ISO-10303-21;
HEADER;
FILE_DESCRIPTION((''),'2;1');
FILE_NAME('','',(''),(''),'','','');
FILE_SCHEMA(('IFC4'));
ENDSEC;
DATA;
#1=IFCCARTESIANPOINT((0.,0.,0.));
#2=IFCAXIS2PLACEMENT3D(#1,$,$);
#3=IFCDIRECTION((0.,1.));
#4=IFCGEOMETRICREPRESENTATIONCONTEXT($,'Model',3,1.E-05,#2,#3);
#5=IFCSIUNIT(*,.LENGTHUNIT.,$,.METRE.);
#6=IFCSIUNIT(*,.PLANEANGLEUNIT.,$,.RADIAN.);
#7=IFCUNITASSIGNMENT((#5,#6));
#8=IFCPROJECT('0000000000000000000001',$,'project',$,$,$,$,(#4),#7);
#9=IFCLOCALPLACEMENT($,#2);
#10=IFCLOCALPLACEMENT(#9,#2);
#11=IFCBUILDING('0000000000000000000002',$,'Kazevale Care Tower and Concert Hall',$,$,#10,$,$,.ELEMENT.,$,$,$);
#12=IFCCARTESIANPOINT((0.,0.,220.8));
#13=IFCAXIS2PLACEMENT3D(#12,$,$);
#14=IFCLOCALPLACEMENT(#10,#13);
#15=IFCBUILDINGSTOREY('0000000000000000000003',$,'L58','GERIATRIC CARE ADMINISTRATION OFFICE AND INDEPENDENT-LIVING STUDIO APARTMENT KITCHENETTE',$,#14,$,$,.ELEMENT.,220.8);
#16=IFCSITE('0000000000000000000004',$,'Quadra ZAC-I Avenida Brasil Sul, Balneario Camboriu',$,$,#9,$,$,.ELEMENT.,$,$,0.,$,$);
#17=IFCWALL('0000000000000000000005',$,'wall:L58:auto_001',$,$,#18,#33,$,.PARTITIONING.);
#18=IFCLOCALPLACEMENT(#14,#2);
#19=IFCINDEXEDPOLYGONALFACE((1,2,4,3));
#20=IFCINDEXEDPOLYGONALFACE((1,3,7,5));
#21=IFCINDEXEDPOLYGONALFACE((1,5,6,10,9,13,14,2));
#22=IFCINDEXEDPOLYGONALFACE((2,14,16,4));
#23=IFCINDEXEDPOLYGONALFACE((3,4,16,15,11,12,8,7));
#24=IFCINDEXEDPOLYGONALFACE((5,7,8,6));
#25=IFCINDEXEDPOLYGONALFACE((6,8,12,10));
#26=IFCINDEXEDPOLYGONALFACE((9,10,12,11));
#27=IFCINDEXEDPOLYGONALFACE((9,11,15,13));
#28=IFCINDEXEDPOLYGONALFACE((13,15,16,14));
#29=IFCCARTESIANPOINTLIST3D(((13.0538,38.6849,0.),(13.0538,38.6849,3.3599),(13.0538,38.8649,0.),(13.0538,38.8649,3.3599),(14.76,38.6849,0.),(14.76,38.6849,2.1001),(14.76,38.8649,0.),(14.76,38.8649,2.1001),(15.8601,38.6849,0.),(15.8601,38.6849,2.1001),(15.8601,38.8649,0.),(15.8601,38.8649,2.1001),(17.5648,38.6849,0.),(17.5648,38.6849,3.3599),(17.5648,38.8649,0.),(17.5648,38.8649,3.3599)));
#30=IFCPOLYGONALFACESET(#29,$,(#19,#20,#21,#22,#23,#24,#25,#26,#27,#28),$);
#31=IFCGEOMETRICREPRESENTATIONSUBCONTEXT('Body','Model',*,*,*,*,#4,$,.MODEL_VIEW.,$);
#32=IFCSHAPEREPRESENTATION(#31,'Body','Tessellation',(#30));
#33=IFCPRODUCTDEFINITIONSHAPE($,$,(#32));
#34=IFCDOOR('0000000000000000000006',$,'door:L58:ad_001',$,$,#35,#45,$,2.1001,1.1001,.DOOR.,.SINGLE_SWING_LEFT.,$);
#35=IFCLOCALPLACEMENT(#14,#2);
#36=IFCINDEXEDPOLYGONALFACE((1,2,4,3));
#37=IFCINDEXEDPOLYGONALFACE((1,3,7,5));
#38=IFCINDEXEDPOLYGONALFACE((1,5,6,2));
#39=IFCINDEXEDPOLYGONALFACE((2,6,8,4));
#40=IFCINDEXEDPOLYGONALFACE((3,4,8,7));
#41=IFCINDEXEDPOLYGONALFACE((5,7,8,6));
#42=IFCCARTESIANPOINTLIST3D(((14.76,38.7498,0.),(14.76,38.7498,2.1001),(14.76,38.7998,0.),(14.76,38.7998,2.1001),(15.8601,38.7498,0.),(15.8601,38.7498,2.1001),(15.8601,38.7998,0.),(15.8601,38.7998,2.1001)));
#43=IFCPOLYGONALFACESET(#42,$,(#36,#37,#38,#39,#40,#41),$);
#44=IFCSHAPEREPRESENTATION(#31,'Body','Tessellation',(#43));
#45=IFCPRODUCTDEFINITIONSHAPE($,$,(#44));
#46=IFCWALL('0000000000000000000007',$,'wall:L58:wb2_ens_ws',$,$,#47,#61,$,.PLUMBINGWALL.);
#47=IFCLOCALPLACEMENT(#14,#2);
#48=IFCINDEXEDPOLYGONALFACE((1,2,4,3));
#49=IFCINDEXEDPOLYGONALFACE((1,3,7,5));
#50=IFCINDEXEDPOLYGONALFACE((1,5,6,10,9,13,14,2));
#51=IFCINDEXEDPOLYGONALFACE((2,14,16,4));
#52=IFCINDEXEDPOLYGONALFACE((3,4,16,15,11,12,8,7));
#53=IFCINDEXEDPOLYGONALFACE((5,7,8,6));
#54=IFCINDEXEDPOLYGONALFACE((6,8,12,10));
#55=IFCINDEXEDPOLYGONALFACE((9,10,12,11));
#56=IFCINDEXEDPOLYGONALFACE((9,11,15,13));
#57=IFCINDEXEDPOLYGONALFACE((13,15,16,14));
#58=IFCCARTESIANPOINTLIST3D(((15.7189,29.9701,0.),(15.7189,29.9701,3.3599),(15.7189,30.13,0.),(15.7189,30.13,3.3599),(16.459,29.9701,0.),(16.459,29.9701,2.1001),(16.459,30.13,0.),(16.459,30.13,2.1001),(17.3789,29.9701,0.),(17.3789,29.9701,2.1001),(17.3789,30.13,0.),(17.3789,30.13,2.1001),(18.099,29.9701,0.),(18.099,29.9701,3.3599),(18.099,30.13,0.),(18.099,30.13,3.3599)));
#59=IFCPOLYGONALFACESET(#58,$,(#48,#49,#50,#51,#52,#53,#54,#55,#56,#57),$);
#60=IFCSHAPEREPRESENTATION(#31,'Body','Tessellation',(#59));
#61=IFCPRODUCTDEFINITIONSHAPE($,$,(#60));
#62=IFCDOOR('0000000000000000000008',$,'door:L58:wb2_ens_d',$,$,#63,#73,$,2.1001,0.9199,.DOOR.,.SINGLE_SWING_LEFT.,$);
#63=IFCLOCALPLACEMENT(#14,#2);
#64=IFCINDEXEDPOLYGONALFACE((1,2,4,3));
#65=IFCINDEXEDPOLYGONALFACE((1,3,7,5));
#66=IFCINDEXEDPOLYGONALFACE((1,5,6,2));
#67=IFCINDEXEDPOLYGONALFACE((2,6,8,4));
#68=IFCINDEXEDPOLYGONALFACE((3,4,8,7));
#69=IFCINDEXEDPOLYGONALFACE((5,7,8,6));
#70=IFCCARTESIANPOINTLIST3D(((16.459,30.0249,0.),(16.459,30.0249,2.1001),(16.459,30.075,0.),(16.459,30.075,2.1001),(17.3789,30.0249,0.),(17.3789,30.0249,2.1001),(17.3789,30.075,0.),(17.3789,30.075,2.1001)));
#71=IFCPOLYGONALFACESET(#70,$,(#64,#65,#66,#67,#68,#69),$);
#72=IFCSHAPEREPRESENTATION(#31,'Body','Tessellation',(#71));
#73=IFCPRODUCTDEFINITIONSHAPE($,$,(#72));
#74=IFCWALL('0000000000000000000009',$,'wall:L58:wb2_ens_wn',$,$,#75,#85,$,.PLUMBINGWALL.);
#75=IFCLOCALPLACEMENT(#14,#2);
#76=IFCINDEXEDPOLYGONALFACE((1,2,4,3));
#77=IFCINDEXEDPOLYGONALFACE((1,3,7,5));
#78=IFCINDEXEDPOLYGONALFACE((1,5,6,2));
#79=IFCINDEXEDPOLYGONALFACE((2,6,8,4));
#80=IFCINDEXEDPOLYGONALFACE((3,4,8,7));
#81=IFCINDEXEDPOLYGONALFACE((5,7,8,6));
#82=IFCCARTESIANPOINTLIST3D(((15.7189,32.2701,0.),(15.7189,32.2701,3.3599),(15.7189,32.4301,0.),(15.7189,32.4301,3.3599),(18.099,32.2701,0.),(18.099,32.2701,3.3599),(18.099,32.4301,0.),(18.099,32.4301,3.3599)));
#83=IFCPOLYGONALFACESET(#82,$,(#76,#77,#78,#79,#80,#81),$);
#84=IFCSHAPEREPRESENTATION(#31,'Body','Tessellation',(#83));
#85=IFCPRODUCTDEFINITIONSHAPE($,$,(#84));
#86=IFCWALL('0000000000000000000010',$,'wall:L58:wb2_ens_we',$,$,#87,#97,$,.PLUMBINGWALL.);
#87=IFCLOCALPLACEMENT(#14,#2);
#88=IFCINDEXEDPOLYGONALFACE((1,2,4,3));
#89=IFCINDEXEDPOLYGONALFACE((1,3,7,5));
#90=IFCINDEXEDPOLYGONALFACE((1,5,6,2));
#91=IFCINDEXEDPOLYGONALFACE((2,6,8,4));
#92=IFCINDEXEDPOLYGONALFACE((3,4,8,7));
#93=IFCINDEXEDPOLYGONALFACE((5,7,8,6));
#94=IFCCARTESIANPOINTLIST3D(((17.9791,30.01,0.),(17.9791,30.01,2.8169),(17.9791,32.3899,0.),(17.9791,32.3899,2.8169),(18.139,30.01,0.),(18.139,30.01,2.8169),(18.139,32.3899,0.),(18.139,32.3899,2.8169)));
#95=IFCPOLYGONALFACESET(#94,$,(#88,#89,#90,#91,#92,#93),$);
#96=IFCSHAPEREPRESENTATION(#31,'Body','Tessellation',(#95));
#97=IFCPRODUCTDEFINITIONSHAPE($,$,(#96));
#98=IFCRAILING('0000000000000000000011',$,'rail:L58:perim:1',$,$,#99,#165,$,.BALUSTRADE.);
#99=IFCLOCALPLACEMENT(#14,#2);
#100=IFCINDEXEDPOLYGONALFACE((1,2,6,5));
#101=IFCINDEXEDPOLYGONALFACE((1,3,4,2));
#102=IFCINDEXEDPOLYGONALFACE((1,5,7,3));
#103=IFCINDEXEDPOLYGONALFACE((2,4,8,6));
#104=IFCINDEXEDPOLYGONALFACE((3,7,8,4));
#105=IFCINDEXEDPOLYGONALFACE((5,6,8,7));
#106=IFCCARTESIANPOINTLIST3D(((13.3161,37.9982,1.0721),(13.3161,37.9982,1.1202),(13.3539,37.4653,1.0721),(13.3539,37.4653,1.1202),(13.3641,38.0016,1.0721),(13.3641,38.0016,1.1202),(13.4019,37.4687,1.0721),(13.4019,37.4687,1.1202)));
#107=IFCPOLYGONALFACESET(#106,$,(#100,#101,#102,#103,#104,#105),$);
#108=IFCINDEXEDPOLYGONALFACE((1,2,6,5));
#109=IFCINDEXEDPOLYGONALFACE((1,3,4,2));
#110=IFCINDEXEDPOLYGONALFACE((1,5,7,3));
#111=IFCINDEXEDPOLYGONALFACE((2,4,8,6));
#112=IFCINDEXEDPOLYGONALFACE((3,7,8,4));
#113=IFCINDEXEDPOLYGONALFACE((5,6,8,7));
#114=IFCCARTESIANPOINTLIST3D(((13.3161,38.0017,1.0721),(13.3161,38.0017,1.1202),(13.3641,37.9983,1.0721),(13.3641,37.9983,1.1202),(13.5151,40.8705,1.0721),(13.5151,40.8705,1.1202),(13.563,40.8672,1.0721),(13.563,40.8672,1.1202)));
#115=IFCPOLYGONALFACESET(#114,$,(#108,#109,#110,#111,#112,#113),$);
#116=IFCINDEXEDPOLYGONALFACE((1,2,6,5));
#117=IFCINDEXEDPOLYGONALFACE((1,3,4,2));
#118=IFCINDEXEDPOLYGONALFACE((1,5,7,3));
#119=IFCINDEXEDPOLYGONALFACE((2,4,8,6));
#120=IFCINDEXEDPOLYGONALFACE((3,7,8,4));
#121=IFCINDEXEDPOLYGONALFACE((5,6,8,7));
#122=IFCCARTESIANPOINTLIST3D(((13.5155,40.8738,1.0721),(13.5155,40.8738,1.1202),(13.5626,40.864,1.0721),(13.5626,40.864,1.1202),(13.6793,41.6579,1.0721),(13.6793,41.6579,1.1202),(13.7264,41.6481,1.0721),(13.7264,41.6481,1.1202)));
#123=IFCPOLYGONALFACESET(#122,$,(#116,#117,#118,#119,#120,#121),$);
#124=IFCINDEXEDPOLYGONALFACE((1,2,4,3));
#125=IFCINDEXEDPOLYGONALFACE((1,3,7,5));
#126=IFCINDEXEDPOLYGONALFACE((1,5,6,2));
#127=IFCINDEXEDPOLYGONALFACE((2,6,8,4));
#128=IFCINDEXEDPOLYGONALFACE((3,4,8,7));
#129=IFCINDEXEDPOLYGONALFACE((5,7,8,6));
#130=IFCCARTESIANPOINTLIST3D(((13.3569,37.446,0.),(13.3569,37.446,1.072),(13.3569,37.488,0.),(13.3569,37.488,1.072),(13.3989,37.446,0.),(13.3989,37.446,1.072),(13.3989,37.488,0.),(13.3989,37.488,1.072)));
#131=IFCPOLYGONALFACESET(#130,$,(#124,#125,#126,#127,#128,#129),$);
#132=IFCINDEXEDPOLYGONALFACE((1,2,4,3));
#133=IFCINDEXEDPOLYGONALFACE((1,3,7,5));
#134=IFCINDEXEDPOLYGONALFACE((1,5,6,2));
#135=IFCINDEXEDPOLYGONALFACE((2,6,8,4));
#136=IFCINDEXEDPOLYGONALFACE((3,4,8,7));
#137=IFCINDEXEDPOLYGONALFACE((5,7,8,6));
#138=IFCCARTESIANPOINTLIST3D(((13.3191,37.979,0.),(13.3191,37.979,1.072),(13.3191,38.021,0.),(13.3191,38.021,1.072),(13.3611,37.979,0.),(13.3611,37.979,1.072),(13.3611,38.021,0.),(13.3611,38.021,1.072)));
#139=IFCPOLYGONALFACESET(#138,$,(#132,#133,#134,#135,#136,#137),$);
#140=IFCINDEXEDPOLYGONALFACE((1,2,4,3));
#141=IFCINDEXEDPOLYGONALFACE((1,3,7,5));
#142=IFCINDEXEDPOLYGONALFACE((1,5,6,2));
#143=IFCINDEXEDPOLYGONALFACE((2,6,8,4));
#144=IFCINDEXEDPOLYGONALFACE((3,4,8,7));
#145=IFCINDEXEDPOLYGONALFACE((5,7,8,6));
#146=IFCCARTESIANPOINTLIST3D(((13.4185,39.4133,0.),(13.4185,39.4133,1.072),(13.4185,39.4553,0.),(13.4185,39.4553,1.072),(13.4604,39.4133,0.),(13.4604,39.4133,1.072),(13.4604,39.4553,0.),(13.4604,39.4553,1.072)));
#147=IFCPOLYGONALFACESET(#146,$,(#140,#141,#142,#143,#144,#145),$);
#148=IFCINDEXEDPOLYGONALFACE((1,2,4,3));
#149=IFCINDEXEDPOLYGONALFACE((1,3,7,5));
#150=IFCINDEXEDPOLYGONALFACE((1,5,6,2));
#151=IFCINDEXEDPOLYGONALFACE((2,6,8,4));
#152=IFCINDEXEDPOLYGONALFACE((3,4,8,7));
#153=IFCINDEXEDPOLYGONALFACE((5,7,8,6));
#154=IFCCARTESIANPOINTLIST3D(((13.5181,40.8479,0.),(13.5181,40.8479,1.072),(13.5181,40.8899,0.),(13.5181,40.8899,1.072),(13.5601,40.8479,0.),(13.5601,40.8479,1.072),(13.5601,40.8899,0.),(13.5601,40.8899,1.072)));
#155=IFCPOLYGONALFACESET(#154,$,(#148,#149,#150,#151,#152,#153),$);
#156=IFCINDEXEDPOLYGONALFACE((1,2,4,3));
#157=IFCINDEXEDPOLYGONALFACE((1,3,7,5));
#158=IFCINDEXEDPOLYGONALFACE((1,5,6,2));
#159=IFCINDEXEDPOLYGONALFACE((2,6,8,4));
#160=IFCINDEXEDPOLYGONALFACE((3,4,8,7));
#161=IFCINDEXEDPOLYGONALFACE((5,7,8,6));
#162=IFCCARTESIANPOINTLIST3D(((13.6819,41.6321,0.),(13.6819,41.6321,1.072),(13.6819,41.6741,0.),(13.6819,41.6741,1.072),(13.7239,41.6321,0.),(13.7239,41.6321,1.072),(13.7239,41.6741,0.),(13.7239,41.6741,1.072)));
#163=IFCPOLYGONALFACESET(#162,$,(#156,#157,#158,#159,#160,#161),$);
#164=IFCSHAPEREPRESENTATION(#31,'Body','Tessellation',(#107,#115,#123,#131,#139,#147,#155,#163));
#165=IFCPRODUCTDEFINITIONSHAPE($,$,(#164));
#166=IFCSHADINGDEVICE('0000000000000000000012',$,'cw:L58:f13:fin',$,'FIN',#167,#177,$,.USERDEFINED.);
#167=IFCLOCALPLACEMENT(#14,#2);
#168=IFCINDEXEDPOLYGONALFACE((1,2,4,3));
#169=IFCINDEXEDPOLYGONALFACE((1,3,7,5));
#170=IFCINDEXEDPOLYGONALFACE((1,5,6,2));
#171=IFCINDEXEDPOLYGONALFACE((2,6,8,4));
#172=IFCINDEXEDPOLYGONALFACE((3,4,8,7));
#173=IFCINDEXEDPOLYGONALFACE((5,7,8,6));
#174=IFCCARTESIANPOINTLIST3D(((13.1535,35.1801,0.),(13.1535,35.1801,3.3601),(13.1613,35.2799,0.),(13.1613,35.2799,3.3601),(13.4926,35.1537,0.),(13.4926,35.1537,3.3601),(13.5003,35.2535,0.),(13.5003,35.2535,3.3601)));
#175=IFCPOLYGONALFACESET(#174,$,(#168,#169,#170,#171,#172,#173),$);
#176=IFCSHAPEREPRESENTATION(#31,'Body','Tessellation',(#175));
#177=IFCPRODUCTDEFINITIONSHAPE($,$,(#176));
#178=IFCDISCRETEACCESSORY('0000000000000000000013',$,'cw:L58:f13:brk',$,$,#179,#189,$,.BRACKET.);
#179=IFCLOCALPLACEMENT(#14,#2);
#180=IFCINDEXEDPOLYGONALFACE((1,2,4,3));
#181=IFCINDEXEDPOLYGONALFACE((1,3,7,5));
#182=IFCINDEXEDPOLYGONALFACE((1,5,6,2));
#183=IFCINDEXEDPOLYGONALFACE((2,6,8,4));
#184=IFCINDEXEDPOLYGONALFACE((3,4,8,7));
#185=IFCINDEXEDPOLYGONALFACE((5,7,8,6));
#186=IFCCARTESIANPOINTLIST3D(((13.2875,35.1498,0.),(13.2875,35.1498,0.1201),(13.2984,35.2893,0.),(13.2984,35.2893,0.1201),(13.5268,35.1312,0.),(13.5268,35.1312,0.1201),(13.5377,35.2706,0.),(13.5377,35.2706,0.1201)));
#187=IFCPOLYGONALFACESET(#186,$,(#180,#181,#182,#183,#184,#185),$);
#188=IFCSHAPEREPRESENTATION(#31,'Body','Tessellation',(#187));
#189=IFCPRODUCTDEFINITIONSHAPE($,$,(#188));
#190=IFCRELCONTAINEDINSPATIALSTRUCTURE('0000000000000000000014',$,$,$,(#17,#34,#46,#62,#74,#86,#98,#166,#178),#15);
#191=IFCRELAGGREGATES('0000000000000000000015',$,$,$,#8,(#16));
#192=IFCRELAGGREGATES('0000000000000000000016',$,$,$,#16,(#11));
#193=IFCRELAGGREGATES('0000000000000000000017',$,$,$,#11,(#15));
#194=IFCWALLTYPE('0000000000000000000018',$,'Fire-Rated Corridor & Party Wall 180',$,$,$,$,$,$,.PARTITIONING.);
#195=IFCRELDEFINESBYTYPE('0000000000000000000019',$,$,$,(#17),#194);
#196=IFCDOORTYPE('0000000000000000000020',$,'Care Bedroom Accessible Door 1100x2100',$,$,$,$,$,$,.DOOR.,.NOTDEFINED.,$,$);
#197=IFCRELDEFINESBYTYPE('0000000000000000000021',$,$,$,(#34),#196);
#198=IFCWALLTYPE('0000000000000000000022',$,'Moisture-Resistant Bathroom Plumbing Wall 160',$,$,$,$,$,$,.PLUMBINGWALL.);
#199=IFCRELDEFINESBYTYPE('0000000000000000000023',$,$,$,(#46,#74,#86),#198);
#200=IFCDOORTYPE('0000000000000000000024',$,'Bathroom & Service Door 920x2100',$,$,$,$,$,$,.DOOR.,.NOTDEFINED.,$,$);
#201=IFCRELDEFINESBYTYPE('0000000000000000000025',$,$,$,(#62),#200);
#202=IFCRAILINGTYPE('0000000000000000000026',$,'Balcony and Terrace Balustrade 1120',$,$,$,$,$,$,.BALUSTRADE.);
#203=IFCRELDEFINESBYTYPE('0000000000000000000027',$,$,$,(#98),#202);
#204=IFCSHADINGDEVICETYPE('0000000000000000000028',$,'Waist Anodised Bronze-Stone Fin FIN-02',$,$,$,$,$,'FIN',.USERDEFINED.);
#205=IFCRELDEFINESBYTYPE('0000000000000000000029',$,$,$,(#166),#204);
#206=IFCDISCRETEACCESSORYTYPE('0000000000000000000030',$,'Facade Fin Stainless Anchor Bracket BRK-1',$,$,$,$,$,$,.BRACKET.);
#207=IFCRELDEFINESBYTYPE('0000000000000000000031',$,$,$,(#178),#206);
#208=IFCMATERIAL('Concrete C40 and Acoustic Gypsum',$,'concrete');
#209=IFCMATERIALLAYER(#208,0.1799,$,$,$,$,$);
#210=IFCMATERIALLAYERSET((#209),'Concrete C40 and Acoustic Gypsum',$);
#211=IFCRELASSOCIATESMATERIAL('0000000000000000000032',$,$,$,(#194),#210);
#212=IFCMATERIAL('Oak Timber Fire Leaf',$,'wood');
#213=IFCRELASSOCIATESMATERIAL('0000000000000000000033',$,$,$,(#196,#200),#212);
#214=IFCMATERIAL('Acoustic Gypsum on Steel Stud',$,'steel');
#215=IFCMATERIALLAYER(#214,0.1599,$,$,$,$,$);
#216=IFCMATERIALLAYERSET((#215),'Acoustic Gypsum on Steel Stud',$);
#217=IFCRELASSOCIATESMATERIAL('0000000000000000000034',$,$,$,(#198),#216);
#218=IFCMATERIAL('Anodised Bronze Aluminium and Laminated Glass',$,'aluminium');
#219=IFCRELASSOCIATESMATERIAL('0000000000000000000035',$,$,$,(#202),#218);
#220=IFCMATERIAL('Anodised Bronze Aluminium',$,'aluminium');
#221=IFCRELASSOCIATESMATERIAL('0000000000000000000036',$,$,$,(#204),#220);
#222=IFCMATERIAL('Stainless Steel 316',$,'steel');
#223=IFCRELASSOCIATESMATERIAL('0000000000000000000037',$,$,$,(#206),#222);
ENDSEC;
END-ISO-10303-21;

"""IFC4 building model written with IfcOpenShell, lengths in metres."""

from ifc_helpers import new_model, si_unit, direction, frame, frame_2d, origin, origin_2d, place, context, subcontext, project, spatial, rectangle, extrude, material, layer, layer_set, type_object, element, fill, save


model = new_model("IFC4")

# Units and contexts
model_context = context("Model", 3, precision=1e-05, world=origin(), true_north=direction((0.0, 1.0)))
body_context = subcontext(model_context, "Body", "Model", "MODEL_VIEW")
ifc_project = project(units=[si_unit("LENGTHUNIT", "METRE"), si_unit("PLANEANGLEUNIT", "RADIAN")], contexts=[model_context])

# Site, building, storey
site_placement = place(None, origin())
site = spatial("IfcSite", under=ifc_project, at=site_placement, Name="Quadra ZAC-I Avenida Brasil Sul, Balneario Camboriu", CompositionType="ELEMENT", RefElevation=0.0)
building_placement = place(site_placement, origin())
building = spatial("IfcBuilding", under=site, at=building_placement, Name="Kazevale Care Tower and Concert Hall", CompositionType="ELEMENT")
storey_placement = place(building_placement, frame((0.0, 0.0, 220.8)))
storey = spatial("IfcBuildingStorey", under=building, at=storey_placement, Name="L58", Description="GERIATRIC CARE ADMINISTRATION OFFICE AND INDEPENDENT-LIVING STUDIO APARTMENT KITCHENETTE", CompositionType="ELEMENT", Elevation=220.8)

# Walls, openings, doors
ifc_material_1 = material(Name="Concrete C40 and Acoustic Gypsum", Category="concrete")
ifc_layer_1 = layer(ifc_material_1, 0.1799)
ifc_layer_set_1 = layer_set([ifc_layer_1], Name="Concrete C40 and Acoustic Gypsum")
wall_type_1 = type_object("IfcWallType", Name="Fire-Rated Corridor & Party Wall 180", PredefinedType="PARTITIONING", material=ifc_layer_set_1)
wall_1_placement = place(storey_placement, frame((13.054, 38.7749, 0.0), z_axis=(0.0, 0.0, 1.0), x_axis=(1.0, 0.0, 0.0)))
wall_1 = element("IfcWall", 1, at=wall_1_placement, inside=storey, type_object=wall_type_1, Name="wall:L58:auto_001", PredefinedType="PARTITIONING", context=body_context, shape_type="SweptSolid", body=[
    extrude(rectangle(XDim=4.511, YDim=0.1799, at=frame_2d((2.2554, 0.0))), origin(), (0.0, 0.0, 1.0), 3.3599),
])
opening_1_placement = place(wall_1_placement, frame((1.7061, 0.0, 0.0)))
opening_1 = element("IfcOpeningElement", 2, at=opening_1_placement, cuts=wall_1, PredefinedType="OPENING", context=body_context, shape_type="SweptSolid", body=[
    extrude(rectangle(XDim=1.1001, YDim=2.1001, at=frame_2d((0.55, 1.05))), frame((0.0, 0.0999, 0.0), z_axis=(0.0, -1.0, 0.0), x_axis=(1.0, 0.0, 0.0)), (0.0, 0.0, 1.0), 0.2),
])
ifc_material_2 = material(Name="Oak Timber Fire Leaf", Category="wood")
door_type_1 = type_object("IfcDoorType", Name="Care Bedroom Accessible Door 1100x2100", OperationType="NOTDEFINED", PredefinedType="DOOR", material=ifc_material_2)
door_1_placement = place(opening_1_placement, origin())
door_1 = element("IfcDoor", 3, at=door_1_placement, inside=storey, type_object=door_type_1, Name="door:L58:ad_001", OperationType="SINGLE_SWING_LEFT", OverallHeight=2.1001, OverallWidth=1.1001, PredefinedType="DOOR", context=body_context, shape_type="SweptSolid", body=[
    extrude(rectangle(XDim=1.1001, YDim=2.1001, at=frame_2d((0.55, 1.05))), frame((0.0, 0.0249, 0.0), z_axis=(0.0, -1.0, 0.0), x_axis=(1.0, 0.0, 0.0)), (0.0, 0.0, 1.0), 0.05),
])
fill(opening_1, door_1)
ifc_material_3 = material(Name="Acoustic Gypsum on Steel Stud", Category="steel")
ifc_layer_2 = layer(ifc_material_3, 0.1599)
ifc_layer_set_2 = layer_set([ifc_layer_2], Name="Acoustic Gypsum on Steel Stud")
wall_type_2 = type_object("IfcWallType", Name="Moisture-Resistant Bathroom Plumbing Wall 160", PredefinedType="PLUMBINGWALL", material=ifc_layer_set_2)
wall_2_placement = place(storey_placement, frame((15.719, 30.05, 0.0), z_axis=(0.0, 0.0, 1.0), x_axis=(1.0, 0.0, 0.0)))
wall_2 = element("IfcWall", 4, at=wall_2_placement, inside=storey, type_object=wall_type_2, Name="wall:L58:wb2_ens_ws", PredefinedType="PLUMBINGWALL", context=body_context, shape_type="SweptSolid", body=[
    extrude(rectangle(XDim=2.3801, YDim=0.1599, at=frame_2d((1.1899, 0.0))), origin(), (0.0, 0.0, 1.0), 3.3599),
])
opening_2_placement = place(wall_2_placement, frame((0.74, 0.0, 0.0)))
opening_2 = element("IfcOpeningElement", 5, at=opening_2_placement, cuts=wall_2, PredefinedType="OPENING", context=body_context, shape_type="SweptSolid", body=[
    extrude(rectangle(XDim=0.9199, YDim=2.1001, at=frame_2d((0.46, 1.05))), frame((0.0, 0.0898, 0.0), z_axis=(0.0, -1.0, 0.0), x_axis=(1.0, 0.0, 0.0)), (0.0, 0.0, 1.0), 0.1799),
])
door_type_2 = type_object("IfcDoorType", Name="Bathroom & Service Door 920x2100", OperationType="NOTDEFINED", PredefinedType="DOOR", material=ifc_material_2)
door_2_placement = place(opening_2_placement, origin())
door_2 = element("IfcDoor", 6, at=door_2_placement, inside=storey, type_object=door_type_2, Name="door:L58:wb2_ens_d", OperationType="SINGLE_SWING_LEFT", OverallHeight=2.1001, OverallWidth=0.9199, PredefinedType="DOOR", context=body_context, shape_type="SweptSolid", body=[
    extrude(rectangle(XDim=0.9199, YDim=2.1001, at=frame_2d((0.46, 1.05))), frame((0.0, 0.0249, 0.0), z_axis=(0.0, -1.0, 0.0), x_axis=(1.0, 0.0, 0.0)), (0.0, 0.0, 1.0), 0.05),
])
fill(opening_2, door_2)

# Walls
wall_3_placement = place(storey_placement, frame((15.719, 32.3501, 0.0), z_axis=(0.0, 0.0, 1.0), x_axis=(1.0, 0.0, 0.0)))
element("IfcWall", 7, at=wall_3_placement, inside=storey, type_object=wall_type_2, Name="wall:L58:wb2_ens_wn", PredefinedType="PLUMBINGWALL", context=body_context, shape_type="SweptSolid", body=[
    extrude(rectangle(XDim=2.3801, YDim=0.1599, at=frame_2d((1.1899, 0.0))), origin(), (0.0, 0.0, 1.0), 3.3599),
])
wall_4_placement = place(storey_placement, frame((18.0591, 30.01, 0.0), z_axis=(0.0, 0.0, 1.0), x_axis=(0.0, 1.0, 0.0)))
element("IfcWall", 8, at=wall_4_placement, inside=storey, type_object=wall_type_2, Name="wall:L58:wb2_ens_we", PredefinedType="PLUMBINGWALL", context=body_context, shape_type="SweptSolid", body=[
    extrude(rectangle(XDim=2.3799, YDim=0.1599, at=frame_2d((1.1899, 0.0))), origin(), (0.0, 0.0, 1.0), 2.8169),
])

# Railing
ifc_material_4 = material(Name="Anodised Bronze Aluminium and Laminated Glass", Category="aluminium")
railing_type = type_object("IfcRailingType", Name="Balcony and Terrace Balustrade 1120", PredefinedType="BALUSTRADE", material=ifc_material_4)
railing_placement = place(storey_placement, frame((13.3779, 37.467, 0.0)))
element("IfcRailing", 9, at=railing_placement, inside=storey, type_object=railing_type, Name="rail:L58:perim:1", PredefinedType="BALUSTRADE", context=body_context, shape_type="SweptSolid", body=[
    extrude(rectangle(XDim=0.0481, YDim=0.0481, at=origin_2d()), frame((0.0, 0.0, 1.0962), z_axis=(-0.070825, 0.997489, 0.0), x_axis=(-0.997489, -0.070825, 0.0)), (0.0, 0.0, 1.0), 0.5342),
    extrude(rectangle(XDim=0.0481, YDim=0.0481, at=origin_2d()), frame((-0.0378, 0.533, 1.0962), z_axis=(0.06919, 0.997604, 0.0), x_axis=(-0.997604, 0.06919, 0.0)), (0.0, 0.0, 1.0), 2.8757),
    extrude(rectangle(XDim=0.0481, YDim=0.0481, at=origin_2d()), frame((0.1611, 3.4019, 1.0962), z_axis=(0.20449, 0.978869, 0.0), x_axis=(-0.978869, 0.20449, 0.0)), (0.0, 0.0, 1.0), 0.801),
    extrude(rectangle(XDim=0.042, YDim=0.042, at=origin_2d()), origin(), (0.0, 0.0, 1.0), 1.072),
    extrude(rectangle(XDim=0.042, YDim=0.042, at=origin_2d()), frame((-0.0378, 0.533, 0.0)), (0.0, 0.0, 1.0), 1.072),
    extrude(rectangle(XDim=0.042, YDim=0.042, at=origin_2d()), frame((0.0615, 1.9673, 0.0)), (0.0, 0.0, 1.0), 1.072),
    extrude(rectangle(XDim=0.042, YDim=0.042, at=origin_2d()), frame((0.1611, 3.4019, 0.0)), (0.0, 0.0, 1.0), 1.072),
    extrude(rectangle(XDim=0.042, YDim=0.042, at=origin_2d()), frame((0.325, 4.186, 0.0)), (0.0, 0.0, 1.0), 1.072),
])

# Shading device
ifc_material_5 = material(Name="Anodised Bronze Aluminium", Category="aluminium")
shading_device_type = type_object("IfcShadingDeviceType", Name="Waist Anodised Bronze-Stone Fin FIN-02", ElementType="FIN", PredefinedType="USERDEFINED", material=ifc_material_5)
shading_device_placement = place(storey_placement, frame((13.3269, 35.2168, 0.0), z_axis=(0.0, 0.0, 1.0), x_axis=(-0.996985, 0.077589, 0.0)))
element("IfcShadingDevice", 10, at=shading_device_placement, inside=storey, type_object=shading_device_type, Name="cw:L58:f13:fin", ObjectType="FIN", PredefinedType="USERDEFINED", context=body_context, shape_type="SweptSolid", body=[
    extrude(rectangle(XDim=0.3401, YDim=0.1001, at=origin_2d()), origin(), (0.0, 0.0, 1.0), 3.3601),
])

# Discrete accessory
ifc_material_6 = material(Name="Stainless Steel 316", Category="steel")
discrete_accessory_type = type_object("IfcDiscreteAccessoryType", Name="Facade Fin Stainless Anchor Bracket BRK-1", PredefinedType="BRACKET", material=ifc_material_6)
discrete_accessory_placement = place(storey_placement, frame((13.4126, 35.2102, 0.0), z_axis=(0.0, 0.0, 1.0), x_axis=(-0.996985, 0.077589, 0.0)))
element("IfcDiscreteAccessory", 11, at=discrete_accessory_placement, inside=storey, type_object=discrete_accessory_type, Name="cw:L58:f13:brk", PredefinedType="BRACKET", context=body_context, shape_type="SweptSolid", body=[
    extrude(rectangle(XDim=0.24, YDim=0.1399, at=origin_2d()), origin(), (0.0, 0.0, 1.0), 0.1201),
])

save(model, "model.ifc")
